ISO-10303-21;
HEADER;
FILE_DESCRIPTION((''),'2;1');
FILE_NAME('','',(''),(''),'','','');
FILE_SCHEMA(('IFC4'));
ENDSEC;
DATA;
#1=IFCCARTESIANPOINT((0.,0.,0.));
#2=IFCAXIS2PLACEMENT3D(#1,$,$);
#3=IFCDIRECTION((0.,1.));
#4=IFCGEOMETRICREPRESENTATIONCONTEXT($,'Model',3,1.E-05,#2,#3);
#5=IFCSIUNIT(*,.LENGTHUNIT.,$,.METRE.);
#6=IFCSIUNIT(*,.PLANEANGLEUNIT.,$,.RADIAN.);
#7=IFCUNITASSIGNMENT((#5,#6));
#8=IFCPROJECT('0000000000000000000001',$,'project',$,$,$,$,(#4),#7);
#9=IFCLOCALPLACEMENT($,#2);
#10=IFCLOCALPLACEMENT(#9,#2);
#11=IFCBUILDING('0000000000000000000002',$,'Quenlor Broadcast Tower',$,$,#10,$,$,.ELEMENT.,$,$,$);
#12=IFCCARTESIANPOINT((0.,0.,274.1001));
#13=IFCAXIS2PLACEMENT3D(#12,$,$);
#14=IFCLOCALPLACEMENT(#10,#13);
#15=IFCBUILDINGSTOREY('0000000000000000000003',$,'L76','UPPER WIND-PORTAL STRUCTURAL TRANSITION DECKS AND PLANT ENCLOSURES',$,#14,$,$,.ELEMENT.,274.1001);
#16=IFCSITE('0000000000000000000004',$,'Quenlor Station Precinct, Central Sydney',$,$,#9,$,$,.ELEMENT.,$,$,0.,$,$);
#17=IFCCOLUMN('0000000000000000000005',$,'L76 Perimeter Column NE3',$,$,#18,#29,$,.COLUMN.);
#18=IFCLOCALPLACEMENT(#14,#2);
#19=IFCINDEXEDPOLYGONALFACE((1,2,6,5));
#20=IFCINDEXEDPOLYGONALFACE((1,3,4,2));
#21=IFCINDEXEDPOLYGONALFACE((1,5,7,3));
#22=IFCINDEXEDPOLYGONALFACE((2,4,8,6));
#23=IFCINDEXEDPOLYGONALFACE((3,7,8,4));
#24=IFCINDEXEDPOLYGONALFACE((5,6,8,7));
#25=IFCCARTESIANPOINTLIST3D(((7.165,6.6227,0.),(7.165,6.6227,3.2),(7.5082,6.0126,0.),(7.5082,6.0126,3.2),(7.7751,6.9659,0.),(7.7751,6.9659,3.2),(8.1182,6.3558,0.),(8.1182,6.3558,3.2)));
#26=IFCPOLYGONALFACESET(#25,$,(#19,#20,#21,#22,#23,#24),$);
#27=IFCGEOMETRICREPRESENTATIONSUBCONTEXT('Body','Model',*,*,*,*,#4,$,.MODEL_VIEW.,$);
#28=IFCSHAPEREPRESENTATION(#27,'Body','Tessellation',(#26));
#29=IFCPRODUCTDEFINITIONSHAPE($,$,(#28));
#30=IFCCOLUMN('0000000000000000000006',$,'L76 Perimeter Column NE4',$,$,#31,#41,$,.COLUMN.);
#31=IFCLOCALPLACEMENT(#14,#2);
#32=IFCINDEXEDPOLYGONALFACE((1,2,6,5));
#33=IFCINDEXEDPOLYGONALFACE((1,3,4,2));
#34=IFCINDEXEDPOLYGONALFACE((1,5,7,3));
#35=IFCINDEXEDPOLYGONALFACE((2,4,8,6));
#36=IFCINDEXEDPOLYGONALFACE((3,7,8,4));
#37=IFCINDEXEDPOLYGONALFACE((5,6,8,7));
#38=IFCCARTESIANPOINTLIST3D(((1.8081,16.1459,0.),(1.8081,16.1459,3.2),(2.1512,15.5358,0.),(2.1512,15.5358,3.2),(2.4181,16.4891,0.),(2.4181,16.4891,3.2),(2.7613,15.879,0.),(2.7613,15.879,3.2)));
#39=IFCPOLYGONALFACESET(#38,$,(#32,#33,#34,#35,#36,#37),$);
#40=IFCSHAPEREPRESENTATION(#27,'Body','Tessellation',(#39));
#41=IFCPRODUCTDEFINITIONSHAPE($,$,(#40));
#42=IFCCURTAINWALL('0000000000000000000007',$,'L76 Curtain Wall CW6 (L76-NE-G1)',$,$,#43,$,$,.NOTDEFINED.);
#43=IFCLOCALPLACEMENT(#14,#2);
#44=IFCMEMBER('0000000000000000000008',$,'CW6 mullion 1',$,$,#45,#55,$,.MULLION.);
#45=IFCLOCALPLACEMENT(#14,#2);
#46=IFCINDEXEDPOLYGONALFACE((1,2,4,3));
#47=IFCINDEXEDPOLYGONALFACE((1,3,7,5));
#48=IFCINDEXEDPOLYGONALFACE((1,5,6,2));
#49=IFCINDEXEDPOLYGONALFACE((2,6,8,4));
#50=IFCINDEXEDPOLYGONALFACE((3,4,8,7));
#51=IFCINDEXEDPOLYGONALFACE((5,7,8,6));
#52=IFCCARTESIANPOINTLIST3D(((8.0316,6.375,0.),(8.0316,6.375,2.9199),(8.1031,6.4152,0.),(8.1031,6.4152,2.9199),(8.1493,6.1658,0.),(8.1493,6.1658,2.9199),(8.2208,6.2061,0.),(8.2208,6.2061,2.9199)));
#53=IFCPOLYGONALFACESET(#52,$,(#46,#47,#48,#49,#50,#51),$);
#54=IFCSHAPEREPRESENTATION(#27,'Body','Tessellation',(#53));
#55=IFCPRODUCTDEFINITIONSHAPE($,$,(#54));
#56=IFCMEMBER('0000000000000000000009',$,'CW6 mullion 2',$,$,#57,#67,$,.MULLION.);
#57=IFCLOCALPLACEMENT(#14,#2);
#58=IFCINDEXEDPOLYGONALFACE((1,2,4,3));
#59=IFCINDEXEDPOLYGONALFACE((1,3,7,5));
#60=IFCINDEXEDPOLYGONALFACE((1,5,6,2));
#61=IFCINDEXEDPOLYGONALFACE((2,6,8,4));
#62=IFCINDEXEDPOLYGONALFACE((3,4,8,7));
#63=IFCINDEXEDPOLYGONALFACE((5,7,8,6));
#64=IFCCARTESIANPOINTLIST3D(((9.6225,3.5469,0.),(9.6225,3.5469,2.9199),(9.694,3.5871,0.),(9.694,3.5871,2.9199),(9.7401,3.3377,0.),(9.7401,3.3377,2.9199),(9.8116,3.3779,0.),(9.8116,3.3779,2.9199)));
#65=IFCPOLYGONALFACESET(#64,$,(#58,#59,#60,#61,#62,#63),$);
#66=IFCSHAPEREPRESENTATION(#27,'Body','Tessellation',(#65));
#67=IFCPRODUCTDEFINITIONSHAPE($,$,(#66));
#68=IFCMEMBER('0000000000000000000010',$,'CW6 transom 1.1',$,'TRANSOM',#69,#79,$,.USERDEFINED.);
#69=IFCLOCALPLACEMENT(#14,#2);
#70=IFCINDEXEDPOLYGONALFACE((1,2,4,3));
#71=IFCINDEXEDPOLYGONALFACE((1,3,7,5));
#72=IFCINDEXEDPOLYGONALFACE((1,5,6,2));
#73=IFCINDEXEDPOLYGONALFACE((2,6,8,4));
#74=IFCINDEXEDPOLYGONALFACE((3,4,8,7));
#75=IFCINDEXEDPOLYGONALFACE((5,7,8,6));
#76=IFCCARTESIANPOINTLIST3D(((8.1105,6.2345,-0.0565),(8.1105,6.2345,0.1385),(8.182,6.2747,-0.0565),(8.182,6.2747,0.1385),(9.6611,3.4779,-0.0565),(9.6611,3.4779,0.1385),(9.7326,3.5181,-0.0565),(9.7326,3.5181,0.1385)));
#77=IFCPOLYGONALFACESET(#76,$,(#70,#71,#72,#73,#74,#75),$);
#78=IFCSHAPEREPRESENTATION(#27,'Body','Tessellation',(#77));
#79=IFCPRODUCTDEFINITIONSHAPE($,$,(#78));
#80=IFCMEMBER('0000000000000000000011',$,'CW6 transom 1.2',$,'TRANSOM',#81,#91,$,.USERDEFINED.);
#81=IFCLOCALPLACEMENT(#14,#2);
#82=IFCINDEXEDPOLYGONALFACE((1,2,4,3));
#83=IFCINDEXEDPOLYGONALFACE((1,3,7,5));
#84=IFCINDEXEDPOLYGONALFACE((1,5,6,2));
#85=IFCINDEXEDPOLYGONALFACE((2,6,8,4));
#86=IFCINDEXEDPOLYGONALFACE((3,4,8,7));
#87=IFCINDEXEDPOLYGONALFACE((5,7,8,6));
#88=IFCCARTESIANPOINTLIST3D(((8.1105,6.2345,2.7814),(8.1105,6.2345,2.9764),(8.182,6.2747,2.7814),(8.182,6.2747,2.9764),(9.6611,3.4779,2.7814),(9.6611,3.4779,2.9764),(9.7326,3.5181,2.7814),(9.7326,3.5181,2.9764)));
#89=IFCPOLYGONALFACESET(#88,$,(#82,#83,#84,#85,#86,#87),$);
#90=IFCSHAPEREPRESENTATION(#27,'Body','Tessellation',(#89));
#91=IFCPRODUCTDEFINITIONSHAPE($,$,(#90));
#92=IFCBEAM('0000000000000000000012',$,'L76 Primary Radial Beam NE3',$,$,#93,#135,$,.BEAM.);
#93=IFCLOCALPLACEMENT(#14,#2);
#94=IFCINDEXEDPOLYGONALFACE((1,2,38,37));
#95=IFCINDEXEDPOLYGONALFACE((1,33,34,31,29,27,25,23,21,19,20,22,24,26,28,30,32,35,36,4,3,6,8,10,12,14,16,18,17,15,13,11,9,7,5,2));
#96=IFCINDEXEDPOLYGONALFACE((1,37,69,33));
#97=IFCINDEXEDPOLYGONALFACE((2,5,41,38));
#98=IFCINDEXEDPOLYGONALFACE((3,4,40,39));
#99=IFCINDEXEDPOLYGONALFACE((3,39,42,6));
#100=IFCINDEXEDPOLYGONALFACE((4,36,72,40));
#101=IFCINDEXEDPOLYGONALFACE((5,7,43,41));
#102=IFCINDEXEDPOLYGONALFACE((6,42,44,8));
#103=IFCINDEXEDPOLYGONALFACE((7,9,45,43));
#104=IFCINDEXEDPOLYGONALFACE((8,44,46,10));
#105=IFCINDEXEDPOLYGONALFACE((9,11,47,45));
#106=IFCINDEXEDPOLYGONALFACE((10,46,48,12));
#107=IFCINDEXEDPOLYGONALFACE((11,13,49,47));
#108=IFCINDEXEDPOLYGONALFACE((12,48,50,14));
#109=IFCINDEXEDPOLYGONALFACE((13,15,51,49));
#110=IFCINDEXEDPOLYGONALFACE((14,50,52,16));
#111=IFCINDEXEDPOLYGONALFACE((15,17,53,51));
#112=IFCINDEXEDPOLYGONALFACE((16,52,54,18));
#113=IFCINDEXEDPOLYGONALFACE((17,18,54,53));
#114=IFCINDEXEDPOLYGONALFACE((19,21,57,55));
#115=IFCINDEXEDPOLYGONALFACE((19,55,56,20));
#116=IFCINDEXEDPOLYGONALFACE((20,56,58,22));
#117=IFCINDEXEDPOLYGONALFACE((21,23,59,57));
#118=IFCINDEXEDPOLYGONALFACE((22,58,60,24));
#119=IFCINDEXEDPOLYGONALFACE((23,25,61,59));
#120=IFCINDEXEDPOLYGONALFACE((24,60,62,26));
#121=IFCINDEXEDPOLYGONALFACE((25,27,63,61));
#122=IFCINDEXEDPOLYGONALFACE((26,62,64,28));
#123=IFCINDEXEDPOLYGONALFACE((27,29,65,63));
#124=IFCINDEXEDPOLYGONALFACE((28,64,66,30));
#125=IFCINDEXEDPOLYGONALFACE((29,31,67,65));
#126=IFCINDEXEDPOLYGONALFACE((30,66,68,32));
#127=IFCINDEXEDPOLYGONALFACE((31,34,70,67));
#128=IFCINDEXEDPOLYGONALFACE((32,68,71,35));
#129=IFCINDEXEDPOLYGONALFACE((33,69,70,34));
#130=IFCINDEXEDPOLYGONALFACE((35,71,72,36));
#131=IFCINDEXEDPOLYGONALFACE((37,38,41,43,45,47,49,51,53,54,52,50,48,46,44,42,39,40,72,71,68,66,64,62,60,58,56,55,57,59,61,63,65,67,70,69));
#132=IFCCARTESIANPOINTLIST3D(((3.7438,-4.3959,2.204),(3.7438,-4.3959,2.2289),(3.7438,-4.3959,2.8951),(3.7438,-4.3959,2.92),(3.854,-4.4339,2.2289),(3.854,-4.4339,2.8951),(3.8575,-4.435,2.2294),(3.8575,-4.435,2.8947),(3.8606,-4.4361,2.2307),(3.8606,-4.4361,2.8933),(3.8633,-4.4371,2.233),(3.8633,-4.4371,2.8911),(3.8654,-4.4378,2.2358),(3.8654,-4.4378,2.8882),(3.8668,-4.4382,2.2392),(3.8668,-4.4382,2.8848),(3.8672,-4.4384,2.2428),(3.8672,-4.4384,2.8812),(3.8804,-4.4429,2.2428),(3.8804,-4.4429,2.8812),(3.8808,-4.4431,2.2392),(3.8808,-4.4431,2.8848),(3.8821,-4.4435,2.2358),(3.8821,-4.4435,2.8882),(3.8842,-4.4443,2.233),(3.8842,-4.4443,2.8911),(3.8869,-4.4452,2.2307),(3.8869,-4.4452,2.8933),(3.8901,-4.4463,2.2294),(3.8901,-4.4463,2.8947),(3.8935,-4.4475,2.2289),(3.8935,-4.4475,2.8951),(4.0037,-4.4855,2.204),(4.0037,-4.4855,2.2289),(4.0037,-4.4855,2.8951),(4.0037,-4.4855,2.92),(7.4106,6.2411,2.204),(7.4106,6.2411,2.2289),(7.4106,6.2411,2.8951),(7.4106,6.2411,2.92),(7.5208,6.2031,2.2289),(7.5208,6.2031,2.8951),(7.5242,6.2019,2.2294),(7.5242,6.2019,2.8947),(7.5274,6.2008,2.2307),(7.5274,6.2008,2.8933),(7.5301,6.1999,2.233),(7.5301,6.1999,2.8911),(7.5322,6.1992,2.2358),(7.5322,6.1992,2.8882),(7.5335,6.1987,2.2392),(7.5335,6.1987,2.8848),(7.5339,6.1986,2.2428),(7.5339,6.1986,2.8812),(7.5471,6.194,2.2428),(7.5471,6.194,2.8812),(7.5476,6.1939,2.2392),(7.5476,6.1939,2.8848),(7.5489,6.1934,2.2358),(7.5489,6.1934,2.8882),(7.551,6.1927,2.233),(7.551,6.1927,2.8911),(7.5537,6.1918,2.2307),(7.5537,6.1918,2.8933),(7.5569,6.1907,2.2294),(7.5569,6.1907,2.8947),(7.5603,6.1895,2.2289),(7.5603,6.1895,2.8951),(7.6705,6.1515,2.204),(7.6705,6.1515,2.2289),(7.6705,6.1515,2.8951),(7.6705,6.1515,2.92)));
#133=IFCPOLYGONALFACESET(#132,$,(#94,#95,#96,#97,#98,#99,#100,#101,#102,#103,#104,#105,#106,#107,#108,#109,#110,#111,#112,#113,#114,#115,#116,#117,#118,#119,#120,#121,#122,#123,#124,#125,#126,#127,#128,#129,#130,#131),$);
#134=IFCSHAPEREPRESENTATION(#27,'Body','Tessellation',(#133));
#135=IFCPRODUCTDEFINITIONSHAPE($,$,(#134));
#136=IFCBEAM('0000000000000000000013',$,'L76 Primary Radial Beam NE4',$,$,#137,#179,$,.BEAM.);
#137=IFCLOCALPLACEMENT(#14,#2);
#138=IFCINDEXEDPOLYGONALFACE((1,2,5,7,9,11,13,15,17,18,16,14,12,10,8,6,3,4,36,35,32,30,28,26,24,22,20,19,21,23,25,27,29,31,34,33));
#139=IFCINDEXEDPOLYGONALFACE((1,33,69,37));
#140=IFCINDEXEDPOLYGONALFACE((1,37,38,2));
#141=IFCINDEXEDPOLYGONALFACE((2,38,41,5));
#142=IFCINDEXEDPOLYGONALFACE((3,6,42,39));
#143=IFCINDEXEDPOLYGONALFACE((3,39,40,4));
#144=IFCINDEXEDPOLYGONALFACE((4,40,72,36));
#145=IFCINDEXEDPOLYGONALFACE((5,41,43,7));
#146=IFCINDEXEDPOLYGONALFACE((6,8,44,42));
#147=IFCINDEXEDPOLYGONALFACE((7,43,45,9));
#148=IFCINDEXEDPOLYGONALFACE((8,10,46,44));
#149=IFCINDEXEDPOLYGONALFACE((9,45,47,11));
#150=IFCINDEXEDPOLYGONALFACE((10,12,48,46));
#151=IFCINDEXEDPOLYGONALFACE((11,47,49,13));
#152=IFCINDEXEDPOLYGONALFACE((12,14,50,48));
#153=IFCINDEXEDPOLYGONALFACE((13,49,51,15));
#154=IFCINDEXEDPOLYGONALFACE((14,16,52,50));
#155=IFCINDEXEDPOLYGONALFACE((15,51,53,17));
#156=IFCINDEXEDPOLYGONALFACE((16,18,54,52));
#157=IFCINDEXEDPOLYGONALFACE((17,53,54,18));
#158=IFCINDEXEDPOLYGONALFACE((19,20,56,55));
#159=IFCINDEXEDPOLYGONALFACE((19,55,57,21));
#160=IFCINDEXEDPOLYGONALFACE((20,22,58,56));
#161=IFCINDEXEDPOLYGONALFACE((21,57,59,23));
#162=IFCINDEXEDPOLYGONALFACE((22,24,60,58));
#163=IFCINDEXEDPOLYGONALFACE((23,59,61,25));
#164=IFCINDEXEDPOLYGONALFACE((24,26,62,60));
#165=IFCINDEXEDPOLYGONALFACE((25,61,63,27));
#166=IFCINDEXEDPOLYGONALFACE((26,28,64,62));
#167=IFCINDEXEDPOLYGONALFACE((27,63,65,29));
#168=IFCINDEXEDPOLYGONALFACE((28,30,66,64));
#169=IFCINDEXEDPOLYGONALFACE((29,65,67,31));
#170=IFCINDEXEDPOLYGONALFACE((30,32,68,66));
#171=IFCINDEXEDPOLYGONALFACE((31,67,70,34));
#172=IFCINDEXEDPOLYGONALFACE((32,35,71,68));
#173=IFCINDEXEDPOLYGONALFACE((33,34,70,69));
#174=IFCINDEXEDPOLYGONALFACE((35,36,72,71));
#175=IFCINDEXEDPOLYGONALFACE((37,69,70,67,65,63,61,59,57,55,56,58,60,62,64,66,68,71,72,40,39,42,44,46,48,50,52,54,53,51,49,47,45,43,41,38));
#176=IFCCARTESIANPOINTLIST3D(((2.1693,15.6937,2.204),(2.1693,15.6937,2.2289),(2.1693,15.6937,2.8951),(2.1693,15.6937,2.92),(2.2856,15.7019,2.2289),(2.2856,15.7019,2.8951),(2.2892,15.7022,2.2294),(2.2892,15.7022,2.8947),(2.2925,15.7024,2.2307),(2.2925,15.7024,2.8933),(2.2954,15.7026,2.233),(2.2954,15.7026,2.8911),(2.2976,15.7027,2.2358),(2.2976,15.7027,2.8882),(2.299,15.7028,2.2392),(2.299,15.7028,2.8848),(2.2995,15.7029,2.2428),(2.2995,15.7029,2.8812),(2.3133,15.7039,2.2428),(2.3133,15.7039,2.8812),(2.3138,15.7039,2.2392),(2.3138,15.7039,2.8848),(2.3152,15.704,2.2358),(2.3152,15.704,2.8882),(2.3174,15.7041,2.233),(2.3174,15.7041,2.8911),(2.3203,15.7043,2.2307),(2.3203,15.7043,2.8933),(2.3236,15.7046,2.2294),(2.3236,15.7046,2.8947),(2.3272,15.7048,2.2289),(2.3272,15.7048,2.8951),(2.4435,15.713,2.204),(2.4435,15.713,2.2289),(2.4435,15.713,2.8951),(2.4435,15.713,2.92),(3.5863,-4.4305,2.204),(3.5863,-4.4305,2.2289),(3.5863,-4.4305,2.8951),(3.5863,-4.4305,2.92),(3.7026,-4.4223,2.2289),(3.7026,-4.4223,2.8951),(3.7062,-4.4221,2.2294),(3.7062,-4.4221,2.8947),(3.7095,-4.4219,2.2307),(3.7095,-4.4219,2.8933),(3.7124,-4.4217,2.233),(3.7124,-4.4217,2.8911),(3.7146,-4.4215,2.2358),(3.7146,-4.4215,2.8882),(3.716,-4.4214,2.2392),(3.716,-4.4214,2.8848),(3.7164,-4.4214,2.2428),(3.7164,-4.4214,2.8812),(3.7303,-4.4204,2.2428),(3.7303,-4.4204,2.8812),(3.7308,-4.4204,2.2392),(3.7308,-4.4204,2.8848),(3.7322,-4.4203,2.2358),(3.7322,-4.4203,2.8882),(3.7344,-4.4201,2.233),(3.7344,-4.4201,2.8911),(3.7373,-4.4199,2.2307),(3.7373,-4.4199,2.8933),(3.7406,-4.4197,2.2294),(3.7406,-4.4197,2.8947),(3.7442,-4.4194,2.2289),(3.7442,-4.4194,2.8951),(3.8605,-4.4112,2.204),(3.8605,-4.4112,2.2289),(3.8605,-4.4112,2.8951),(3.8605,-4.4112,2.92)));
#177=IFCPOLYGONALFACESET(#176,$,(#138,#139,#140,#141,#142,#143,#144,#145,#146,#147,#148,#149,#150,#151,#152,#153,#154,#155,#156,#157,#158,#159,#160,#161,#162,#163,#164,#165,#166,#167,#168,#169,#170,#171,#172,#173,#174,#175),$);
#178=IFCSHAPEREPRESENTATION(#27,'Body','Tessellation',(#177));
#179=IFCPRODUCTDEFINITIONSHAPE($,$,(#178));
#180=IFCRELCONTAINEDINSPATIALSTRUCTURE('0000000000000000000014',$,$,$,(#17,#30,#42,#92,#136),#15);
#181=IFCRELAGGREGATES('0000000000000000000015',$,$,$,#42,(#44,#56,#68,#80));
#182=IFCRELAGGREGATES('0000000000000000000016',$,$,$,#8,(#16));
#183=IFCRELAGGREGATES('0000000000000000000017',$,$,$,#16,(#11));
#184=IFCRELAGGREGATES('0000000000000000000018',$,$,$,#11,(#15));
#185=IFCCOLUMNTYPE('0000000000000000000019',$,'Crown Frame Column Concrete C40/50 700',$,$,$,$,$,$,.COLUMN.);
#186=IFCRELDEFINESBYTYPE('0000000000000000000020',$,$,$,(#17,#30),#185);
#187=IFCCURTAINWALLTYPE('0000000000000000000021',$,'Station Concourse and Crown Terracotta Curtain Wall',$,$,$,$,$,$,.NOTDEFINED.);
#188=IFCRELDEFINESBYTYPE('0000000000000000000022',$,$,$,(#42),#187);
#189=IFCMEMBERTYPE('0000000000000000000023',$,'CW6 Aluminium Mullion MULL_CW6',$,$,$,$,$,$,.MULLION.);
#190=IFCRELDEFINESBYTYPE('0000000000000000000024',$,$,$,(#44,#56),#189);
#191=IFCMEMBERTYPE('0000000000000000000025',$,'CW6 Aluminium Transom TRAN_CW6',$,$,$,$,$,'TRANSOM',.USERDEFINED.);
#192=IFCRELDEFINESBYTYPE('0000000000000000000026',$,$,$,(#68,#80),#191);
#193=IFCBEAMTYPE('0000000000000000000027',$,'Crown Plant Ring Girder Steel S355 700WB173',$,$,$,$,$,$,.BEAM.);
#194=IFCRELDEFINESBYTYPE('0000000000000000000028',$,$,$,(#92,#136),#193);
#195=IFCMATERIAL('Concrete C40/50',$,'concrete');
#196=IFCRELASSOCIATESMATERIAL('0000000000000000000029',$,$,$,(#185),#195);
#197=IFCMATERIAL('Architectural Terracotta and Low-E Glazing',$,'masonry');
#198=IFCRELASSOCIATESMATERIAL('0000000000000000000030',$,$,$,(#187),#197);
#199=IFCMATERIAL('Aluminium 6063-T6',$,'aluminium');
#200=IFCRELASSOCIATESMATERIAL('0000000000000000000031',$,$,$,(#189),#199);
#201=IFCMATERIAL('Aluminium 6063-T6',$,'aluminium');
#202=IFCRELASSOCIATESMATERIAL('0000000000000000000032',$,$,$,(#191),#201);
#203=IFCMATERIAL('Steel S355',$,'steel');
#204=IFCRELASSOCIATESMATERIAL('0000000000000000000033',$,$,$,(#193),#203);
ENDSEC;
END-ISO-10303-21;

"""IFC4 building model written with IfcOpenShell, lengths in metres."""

from ifc_helpers import new_model, si_unit, direction, frame, origin, origin_2d, place, context, subcontext, project, spatial, rectangle, i_section, extrude, material, material_profile, profile_set, type_object, element, aggregate, save


model = new_model("IFC4")

# Units and contexts
model_context = context("Model", 3, precision=1e-05, world=origin(), true_north=direction((0.0, 1.0)))
body_context = subcontext(model_context, "Body", "Model", "MODEL_VIEW")
ifc_project = project(units=[si_unit("LENGTHUNIT", "METRE"), si_unit("PLANEANGLEUNIT", "RADIAN")], contexts=[model_context])

# Site, building, storey
site_placement = place(None, origin())
site = spatial("IfcSite", under=ifc_project, at=site_placement, Name="Quenlor Station Precinct, Central Sydney", CompositionType="ELEMENT", RefElevation=0.0)
building_placement = place(site_placement, origin())
building = spatial("IfcBuilding", under=site, at=building_placement, Name="Quenlor Broadcast Tower", CompositionType="ELEMENT")
storey_placement = place(building_placement, frame((0.0, 0.0, 274.1001)))
storey = spatial("IfcBuildingStorey", under=building, at=storey_placement, Name="L76", Description="UPPER WIND-PORTAL STRUCTURAL TRANSITION DECKS AND PLANT ENCLOSURES", CompositionType="ELEMENT", Elevation=274.1001)

# Columns
ifc_material_1 = material(Name="Concrete C40/50", Category="concrete")
ifc_material_profile_1 = material_profile(ifc_material_1, rectangle(XDim=0.7, YDim=0.7, at=origin_2d()))
ifc_profile_set_1 = profile_set([ifc_material_profile_1], Name="Concrete C40/50 RC700x700")
column_type = type_object("IfcColumnType", Name="Crown Frame Column Concrete C40/50 700", PredefinedType="COLUMN", material=ifc_profile_set_1)
for number, where, z_axis, x_axis, name in (
    (1, (7.6416, 6.4893, 0.0), (0.0, 0.0, 1.0), (0.871575, 0.490262, 0.0), "L76 Perimeter Column NE3"),
    (2, (2.2847, 16.0125, 0.0), (0.0, 0.0, 1.0), (0.871575, 0.490262, 0.0), "L76 Perimeter Column NE4"),
):
    element("IfcColumn", number, at=place(storey_placement, frame(where, z_axis=z_axis, x_axis=x_axis)), inside=storey, type_object=column_type, Name=name, PredefinedType="COLUMN", context=body_context, shape_type="SweptSolid", body=[
        extrude(rectangle(XDim=0.7, YDim=0.7, at=origin_2d()), origin(), (0.0, 0.0, 1.0), 3.2),
    ])

# Curtain wall, members
ifc_material_2 = material(Name="Architectural Terracotta and Low-E Glazing", Category="masonry")
curtain_wall_type = type_object("IfcCurtainWallType", Name="Station Concourse and Crown Terracotta Curtain Wall", PredefinedType="NOTDEFINED", material=ifc_material_2)
curtain_wall_placement = place(storey_placement, origin())
curtain_wall = element("IfcCurtainWall", 3, at=curtain_wall_placement, inside=storey, type_object=curtain_wall_type, Name="L76 Curtain Wall CW6 (L76-NE-G1)", PredefinedType="NOTDEFINED")
ifc_material_3 = material(Name="Aluminium 6063-T6", Category="aluminium")
ifc_material_profile_2 = material_profile(ifc_material_3, rectangle(XDim=0.082, YDim=0.24, at=origin_2d()))
ifc_profile_set_2 = profile_set([ifc_material_profile_2], Name="Aluminium 6063-T6 MULL82x240")
member_type_1 = type_object("IfcMemberType", Name="CW6 Aluminium Mullion MULL_CW6", PredefinedType="MULLION", material=ifc_profile_set_2)
member_1_placement = place(storey_placement, frame((8.1262, 6.2905, 0.0), z_axis=(0.0, 0.0, 1.0), x_axis=(0.871572, 0.490268, 0.0)))
member_1 = element("IfcMember", 4, at=member_1_placement, type_object=member_type_1, Name="CW6 mullion 1", PredefinedType="MULLION", context=body_context, shape_type="SweptSolid", body=[
    extrude(rectangle(XDim=0.082, YDim=0.24, at=origin_2d()), origin(), (0.0, 0.0, 1.0), 2.9199),
])
member_2_placement = place(storey_placement, frame((9.717, 3.4624, 0.0), z_axis=(0.0, 0.0, 1.0), x_axis=(0.871572, 0.490268, 0.0)))
member_2 = element("IfcMember", 5, at=member_2_placement, type_object=member_type_1, Name="CW6 mullion 2", PredefinedType="MULLION", context=body_context, shape_type="SweptSolid", body=[
    extrude(rectangle(XDim=0.082, YDim=0.24, at=origin_2d()), origin(), (0.0, 0.0, 1.0), 2.9199),
])
ifc_material_4 = material(Name="Aluminium 6063-T6", Category="aluminium")
ifc_material_profile_3 = material_profile(ifc_material_4, rectangle(XDim=0.082, YDim=0.1951, at=origin_2d()))
ifc_profile_set_3 = profile_set([ifc_material_profile_3], Name="Aluminium 6063-T6 TRAN82x195")
member_type_2 = type_object("IfcMemberType", Name="CW6 Aluminium Transom TRAN_CW6", ElementType="TRANSOM", PredefinedType="USERDEFINED", material=ifc_profile_set_3)
member_3_placement = place(storey_placement, frame((8.1462, 6.2546, 0.041), z_axis=(0.49025, -0.871582, 0.0), x_axis=(0.871582, 0.49025, 0.0)))
member_3 = element("IfcMember", 6, at=member_3_placement, type_object=member_type_2, Name="CW6 transom 1.1", ObjectType="TRANSOM", PredefinedType="USERDEFINED", context=body_context, shape_type="SweptSolid", body=[
    extrude(rectangle(XDim=0.082, YDim=0.1951, at=origin_2d()), origin(), (0.0, 0.0, 1.0), 3.1628),
])
member_4_placement = place(storey_placement, frame((8.1462, 6.2546, 2.8789), z_axis=(0.49025, -0.871582, 0.0), x_axis=(0.871582, 0.49025, 0.0)))
member_4 = element("IfcMember", 7, at=member_4_placement, type_object=member_type_2, Name="CW6 transom 1.2", ObjectType="TRANSOM", PredefinedType="USERDEFINED", context=body_context, shape_type="SweptSolid", body=[
    extrude(rectangle(XDim=0.082, YDim=0.1951, at=origin_2d()), origin(), (0.0, 0.0, 1.0), 3.1628),
])

# Beams
ifc_material_5 = material(Name="Steel S355", Category="steel")
ifc_material_profile_4 = material_profile(ifc_material_5, i_section(OverallWidth=0.2749, OverallDepth=0.7161, WebThickness=0.0139, FlangeThickness=0.0249, FilletRadius=0.0139, at=origin_2d()))
ifc_profile_set_4 = profile_set([ifc_material_profile_4], Name="Steel S355 700WB173")
beam_type_1 = type_object("IfcBeamType", Name="Crown Plant Ring Girder Steel S355 700WB173", PredefinedType="BEAM", material=ifc_profile_set_4)
beam_1_placement = place(storey_placement, frame((7.5405, 6.1963, 2.562), z_axis=(-0.325898, -0.945405, 0.0), x_axis=(0.945405, -0.325898, 0.0)))
element("IfcBeam", 8, at=beam_1_placement, inside=storey, type_object=beam_type_1, Name="L76 Primary Radial Beam NE3", PredefinedType="BEAM", context=body_context, shape_type="SweptSolid", body=[
    extrude(i_section(OverallWidth=0.2749, OverallDepth=0.7161, WebThickness=0.0139, FlangeThickness=0.0249, FilletRadius=0.0139, at=origin_2d()), origin(), (0.0, 0.0, 1.0), 11.2512),
])
beam_2_placement = place(storey_placement, frame((2.3064, 15.7034, 2.562), z_axis=(0.070238, -0.99753, 0.0), x_axis=(0.99753, 0.070238, 0.0)))
element("IfcBeam", 9, at=beam_2_placement, inside=storey, type_object=beam_type_1, Name="L76 Primary Radial Beam NE4", PredefinedType="BEAM", context=body_context, shape_type="SweptSolid", body=[
    extrude(i_section(OverallWidth=0.2749, OverallDepth=0.7161, WebThickness=0.0139, FlangeThickness=0.0249, FilletRadius=0.0139, at=origin_2d()), origin(), (0.0, 0.0, 1.0), 20.1741),
])

aggregate(curtain_wall, [member_1, member_2, member_3, member_4])

save(model, "model.ifc")
